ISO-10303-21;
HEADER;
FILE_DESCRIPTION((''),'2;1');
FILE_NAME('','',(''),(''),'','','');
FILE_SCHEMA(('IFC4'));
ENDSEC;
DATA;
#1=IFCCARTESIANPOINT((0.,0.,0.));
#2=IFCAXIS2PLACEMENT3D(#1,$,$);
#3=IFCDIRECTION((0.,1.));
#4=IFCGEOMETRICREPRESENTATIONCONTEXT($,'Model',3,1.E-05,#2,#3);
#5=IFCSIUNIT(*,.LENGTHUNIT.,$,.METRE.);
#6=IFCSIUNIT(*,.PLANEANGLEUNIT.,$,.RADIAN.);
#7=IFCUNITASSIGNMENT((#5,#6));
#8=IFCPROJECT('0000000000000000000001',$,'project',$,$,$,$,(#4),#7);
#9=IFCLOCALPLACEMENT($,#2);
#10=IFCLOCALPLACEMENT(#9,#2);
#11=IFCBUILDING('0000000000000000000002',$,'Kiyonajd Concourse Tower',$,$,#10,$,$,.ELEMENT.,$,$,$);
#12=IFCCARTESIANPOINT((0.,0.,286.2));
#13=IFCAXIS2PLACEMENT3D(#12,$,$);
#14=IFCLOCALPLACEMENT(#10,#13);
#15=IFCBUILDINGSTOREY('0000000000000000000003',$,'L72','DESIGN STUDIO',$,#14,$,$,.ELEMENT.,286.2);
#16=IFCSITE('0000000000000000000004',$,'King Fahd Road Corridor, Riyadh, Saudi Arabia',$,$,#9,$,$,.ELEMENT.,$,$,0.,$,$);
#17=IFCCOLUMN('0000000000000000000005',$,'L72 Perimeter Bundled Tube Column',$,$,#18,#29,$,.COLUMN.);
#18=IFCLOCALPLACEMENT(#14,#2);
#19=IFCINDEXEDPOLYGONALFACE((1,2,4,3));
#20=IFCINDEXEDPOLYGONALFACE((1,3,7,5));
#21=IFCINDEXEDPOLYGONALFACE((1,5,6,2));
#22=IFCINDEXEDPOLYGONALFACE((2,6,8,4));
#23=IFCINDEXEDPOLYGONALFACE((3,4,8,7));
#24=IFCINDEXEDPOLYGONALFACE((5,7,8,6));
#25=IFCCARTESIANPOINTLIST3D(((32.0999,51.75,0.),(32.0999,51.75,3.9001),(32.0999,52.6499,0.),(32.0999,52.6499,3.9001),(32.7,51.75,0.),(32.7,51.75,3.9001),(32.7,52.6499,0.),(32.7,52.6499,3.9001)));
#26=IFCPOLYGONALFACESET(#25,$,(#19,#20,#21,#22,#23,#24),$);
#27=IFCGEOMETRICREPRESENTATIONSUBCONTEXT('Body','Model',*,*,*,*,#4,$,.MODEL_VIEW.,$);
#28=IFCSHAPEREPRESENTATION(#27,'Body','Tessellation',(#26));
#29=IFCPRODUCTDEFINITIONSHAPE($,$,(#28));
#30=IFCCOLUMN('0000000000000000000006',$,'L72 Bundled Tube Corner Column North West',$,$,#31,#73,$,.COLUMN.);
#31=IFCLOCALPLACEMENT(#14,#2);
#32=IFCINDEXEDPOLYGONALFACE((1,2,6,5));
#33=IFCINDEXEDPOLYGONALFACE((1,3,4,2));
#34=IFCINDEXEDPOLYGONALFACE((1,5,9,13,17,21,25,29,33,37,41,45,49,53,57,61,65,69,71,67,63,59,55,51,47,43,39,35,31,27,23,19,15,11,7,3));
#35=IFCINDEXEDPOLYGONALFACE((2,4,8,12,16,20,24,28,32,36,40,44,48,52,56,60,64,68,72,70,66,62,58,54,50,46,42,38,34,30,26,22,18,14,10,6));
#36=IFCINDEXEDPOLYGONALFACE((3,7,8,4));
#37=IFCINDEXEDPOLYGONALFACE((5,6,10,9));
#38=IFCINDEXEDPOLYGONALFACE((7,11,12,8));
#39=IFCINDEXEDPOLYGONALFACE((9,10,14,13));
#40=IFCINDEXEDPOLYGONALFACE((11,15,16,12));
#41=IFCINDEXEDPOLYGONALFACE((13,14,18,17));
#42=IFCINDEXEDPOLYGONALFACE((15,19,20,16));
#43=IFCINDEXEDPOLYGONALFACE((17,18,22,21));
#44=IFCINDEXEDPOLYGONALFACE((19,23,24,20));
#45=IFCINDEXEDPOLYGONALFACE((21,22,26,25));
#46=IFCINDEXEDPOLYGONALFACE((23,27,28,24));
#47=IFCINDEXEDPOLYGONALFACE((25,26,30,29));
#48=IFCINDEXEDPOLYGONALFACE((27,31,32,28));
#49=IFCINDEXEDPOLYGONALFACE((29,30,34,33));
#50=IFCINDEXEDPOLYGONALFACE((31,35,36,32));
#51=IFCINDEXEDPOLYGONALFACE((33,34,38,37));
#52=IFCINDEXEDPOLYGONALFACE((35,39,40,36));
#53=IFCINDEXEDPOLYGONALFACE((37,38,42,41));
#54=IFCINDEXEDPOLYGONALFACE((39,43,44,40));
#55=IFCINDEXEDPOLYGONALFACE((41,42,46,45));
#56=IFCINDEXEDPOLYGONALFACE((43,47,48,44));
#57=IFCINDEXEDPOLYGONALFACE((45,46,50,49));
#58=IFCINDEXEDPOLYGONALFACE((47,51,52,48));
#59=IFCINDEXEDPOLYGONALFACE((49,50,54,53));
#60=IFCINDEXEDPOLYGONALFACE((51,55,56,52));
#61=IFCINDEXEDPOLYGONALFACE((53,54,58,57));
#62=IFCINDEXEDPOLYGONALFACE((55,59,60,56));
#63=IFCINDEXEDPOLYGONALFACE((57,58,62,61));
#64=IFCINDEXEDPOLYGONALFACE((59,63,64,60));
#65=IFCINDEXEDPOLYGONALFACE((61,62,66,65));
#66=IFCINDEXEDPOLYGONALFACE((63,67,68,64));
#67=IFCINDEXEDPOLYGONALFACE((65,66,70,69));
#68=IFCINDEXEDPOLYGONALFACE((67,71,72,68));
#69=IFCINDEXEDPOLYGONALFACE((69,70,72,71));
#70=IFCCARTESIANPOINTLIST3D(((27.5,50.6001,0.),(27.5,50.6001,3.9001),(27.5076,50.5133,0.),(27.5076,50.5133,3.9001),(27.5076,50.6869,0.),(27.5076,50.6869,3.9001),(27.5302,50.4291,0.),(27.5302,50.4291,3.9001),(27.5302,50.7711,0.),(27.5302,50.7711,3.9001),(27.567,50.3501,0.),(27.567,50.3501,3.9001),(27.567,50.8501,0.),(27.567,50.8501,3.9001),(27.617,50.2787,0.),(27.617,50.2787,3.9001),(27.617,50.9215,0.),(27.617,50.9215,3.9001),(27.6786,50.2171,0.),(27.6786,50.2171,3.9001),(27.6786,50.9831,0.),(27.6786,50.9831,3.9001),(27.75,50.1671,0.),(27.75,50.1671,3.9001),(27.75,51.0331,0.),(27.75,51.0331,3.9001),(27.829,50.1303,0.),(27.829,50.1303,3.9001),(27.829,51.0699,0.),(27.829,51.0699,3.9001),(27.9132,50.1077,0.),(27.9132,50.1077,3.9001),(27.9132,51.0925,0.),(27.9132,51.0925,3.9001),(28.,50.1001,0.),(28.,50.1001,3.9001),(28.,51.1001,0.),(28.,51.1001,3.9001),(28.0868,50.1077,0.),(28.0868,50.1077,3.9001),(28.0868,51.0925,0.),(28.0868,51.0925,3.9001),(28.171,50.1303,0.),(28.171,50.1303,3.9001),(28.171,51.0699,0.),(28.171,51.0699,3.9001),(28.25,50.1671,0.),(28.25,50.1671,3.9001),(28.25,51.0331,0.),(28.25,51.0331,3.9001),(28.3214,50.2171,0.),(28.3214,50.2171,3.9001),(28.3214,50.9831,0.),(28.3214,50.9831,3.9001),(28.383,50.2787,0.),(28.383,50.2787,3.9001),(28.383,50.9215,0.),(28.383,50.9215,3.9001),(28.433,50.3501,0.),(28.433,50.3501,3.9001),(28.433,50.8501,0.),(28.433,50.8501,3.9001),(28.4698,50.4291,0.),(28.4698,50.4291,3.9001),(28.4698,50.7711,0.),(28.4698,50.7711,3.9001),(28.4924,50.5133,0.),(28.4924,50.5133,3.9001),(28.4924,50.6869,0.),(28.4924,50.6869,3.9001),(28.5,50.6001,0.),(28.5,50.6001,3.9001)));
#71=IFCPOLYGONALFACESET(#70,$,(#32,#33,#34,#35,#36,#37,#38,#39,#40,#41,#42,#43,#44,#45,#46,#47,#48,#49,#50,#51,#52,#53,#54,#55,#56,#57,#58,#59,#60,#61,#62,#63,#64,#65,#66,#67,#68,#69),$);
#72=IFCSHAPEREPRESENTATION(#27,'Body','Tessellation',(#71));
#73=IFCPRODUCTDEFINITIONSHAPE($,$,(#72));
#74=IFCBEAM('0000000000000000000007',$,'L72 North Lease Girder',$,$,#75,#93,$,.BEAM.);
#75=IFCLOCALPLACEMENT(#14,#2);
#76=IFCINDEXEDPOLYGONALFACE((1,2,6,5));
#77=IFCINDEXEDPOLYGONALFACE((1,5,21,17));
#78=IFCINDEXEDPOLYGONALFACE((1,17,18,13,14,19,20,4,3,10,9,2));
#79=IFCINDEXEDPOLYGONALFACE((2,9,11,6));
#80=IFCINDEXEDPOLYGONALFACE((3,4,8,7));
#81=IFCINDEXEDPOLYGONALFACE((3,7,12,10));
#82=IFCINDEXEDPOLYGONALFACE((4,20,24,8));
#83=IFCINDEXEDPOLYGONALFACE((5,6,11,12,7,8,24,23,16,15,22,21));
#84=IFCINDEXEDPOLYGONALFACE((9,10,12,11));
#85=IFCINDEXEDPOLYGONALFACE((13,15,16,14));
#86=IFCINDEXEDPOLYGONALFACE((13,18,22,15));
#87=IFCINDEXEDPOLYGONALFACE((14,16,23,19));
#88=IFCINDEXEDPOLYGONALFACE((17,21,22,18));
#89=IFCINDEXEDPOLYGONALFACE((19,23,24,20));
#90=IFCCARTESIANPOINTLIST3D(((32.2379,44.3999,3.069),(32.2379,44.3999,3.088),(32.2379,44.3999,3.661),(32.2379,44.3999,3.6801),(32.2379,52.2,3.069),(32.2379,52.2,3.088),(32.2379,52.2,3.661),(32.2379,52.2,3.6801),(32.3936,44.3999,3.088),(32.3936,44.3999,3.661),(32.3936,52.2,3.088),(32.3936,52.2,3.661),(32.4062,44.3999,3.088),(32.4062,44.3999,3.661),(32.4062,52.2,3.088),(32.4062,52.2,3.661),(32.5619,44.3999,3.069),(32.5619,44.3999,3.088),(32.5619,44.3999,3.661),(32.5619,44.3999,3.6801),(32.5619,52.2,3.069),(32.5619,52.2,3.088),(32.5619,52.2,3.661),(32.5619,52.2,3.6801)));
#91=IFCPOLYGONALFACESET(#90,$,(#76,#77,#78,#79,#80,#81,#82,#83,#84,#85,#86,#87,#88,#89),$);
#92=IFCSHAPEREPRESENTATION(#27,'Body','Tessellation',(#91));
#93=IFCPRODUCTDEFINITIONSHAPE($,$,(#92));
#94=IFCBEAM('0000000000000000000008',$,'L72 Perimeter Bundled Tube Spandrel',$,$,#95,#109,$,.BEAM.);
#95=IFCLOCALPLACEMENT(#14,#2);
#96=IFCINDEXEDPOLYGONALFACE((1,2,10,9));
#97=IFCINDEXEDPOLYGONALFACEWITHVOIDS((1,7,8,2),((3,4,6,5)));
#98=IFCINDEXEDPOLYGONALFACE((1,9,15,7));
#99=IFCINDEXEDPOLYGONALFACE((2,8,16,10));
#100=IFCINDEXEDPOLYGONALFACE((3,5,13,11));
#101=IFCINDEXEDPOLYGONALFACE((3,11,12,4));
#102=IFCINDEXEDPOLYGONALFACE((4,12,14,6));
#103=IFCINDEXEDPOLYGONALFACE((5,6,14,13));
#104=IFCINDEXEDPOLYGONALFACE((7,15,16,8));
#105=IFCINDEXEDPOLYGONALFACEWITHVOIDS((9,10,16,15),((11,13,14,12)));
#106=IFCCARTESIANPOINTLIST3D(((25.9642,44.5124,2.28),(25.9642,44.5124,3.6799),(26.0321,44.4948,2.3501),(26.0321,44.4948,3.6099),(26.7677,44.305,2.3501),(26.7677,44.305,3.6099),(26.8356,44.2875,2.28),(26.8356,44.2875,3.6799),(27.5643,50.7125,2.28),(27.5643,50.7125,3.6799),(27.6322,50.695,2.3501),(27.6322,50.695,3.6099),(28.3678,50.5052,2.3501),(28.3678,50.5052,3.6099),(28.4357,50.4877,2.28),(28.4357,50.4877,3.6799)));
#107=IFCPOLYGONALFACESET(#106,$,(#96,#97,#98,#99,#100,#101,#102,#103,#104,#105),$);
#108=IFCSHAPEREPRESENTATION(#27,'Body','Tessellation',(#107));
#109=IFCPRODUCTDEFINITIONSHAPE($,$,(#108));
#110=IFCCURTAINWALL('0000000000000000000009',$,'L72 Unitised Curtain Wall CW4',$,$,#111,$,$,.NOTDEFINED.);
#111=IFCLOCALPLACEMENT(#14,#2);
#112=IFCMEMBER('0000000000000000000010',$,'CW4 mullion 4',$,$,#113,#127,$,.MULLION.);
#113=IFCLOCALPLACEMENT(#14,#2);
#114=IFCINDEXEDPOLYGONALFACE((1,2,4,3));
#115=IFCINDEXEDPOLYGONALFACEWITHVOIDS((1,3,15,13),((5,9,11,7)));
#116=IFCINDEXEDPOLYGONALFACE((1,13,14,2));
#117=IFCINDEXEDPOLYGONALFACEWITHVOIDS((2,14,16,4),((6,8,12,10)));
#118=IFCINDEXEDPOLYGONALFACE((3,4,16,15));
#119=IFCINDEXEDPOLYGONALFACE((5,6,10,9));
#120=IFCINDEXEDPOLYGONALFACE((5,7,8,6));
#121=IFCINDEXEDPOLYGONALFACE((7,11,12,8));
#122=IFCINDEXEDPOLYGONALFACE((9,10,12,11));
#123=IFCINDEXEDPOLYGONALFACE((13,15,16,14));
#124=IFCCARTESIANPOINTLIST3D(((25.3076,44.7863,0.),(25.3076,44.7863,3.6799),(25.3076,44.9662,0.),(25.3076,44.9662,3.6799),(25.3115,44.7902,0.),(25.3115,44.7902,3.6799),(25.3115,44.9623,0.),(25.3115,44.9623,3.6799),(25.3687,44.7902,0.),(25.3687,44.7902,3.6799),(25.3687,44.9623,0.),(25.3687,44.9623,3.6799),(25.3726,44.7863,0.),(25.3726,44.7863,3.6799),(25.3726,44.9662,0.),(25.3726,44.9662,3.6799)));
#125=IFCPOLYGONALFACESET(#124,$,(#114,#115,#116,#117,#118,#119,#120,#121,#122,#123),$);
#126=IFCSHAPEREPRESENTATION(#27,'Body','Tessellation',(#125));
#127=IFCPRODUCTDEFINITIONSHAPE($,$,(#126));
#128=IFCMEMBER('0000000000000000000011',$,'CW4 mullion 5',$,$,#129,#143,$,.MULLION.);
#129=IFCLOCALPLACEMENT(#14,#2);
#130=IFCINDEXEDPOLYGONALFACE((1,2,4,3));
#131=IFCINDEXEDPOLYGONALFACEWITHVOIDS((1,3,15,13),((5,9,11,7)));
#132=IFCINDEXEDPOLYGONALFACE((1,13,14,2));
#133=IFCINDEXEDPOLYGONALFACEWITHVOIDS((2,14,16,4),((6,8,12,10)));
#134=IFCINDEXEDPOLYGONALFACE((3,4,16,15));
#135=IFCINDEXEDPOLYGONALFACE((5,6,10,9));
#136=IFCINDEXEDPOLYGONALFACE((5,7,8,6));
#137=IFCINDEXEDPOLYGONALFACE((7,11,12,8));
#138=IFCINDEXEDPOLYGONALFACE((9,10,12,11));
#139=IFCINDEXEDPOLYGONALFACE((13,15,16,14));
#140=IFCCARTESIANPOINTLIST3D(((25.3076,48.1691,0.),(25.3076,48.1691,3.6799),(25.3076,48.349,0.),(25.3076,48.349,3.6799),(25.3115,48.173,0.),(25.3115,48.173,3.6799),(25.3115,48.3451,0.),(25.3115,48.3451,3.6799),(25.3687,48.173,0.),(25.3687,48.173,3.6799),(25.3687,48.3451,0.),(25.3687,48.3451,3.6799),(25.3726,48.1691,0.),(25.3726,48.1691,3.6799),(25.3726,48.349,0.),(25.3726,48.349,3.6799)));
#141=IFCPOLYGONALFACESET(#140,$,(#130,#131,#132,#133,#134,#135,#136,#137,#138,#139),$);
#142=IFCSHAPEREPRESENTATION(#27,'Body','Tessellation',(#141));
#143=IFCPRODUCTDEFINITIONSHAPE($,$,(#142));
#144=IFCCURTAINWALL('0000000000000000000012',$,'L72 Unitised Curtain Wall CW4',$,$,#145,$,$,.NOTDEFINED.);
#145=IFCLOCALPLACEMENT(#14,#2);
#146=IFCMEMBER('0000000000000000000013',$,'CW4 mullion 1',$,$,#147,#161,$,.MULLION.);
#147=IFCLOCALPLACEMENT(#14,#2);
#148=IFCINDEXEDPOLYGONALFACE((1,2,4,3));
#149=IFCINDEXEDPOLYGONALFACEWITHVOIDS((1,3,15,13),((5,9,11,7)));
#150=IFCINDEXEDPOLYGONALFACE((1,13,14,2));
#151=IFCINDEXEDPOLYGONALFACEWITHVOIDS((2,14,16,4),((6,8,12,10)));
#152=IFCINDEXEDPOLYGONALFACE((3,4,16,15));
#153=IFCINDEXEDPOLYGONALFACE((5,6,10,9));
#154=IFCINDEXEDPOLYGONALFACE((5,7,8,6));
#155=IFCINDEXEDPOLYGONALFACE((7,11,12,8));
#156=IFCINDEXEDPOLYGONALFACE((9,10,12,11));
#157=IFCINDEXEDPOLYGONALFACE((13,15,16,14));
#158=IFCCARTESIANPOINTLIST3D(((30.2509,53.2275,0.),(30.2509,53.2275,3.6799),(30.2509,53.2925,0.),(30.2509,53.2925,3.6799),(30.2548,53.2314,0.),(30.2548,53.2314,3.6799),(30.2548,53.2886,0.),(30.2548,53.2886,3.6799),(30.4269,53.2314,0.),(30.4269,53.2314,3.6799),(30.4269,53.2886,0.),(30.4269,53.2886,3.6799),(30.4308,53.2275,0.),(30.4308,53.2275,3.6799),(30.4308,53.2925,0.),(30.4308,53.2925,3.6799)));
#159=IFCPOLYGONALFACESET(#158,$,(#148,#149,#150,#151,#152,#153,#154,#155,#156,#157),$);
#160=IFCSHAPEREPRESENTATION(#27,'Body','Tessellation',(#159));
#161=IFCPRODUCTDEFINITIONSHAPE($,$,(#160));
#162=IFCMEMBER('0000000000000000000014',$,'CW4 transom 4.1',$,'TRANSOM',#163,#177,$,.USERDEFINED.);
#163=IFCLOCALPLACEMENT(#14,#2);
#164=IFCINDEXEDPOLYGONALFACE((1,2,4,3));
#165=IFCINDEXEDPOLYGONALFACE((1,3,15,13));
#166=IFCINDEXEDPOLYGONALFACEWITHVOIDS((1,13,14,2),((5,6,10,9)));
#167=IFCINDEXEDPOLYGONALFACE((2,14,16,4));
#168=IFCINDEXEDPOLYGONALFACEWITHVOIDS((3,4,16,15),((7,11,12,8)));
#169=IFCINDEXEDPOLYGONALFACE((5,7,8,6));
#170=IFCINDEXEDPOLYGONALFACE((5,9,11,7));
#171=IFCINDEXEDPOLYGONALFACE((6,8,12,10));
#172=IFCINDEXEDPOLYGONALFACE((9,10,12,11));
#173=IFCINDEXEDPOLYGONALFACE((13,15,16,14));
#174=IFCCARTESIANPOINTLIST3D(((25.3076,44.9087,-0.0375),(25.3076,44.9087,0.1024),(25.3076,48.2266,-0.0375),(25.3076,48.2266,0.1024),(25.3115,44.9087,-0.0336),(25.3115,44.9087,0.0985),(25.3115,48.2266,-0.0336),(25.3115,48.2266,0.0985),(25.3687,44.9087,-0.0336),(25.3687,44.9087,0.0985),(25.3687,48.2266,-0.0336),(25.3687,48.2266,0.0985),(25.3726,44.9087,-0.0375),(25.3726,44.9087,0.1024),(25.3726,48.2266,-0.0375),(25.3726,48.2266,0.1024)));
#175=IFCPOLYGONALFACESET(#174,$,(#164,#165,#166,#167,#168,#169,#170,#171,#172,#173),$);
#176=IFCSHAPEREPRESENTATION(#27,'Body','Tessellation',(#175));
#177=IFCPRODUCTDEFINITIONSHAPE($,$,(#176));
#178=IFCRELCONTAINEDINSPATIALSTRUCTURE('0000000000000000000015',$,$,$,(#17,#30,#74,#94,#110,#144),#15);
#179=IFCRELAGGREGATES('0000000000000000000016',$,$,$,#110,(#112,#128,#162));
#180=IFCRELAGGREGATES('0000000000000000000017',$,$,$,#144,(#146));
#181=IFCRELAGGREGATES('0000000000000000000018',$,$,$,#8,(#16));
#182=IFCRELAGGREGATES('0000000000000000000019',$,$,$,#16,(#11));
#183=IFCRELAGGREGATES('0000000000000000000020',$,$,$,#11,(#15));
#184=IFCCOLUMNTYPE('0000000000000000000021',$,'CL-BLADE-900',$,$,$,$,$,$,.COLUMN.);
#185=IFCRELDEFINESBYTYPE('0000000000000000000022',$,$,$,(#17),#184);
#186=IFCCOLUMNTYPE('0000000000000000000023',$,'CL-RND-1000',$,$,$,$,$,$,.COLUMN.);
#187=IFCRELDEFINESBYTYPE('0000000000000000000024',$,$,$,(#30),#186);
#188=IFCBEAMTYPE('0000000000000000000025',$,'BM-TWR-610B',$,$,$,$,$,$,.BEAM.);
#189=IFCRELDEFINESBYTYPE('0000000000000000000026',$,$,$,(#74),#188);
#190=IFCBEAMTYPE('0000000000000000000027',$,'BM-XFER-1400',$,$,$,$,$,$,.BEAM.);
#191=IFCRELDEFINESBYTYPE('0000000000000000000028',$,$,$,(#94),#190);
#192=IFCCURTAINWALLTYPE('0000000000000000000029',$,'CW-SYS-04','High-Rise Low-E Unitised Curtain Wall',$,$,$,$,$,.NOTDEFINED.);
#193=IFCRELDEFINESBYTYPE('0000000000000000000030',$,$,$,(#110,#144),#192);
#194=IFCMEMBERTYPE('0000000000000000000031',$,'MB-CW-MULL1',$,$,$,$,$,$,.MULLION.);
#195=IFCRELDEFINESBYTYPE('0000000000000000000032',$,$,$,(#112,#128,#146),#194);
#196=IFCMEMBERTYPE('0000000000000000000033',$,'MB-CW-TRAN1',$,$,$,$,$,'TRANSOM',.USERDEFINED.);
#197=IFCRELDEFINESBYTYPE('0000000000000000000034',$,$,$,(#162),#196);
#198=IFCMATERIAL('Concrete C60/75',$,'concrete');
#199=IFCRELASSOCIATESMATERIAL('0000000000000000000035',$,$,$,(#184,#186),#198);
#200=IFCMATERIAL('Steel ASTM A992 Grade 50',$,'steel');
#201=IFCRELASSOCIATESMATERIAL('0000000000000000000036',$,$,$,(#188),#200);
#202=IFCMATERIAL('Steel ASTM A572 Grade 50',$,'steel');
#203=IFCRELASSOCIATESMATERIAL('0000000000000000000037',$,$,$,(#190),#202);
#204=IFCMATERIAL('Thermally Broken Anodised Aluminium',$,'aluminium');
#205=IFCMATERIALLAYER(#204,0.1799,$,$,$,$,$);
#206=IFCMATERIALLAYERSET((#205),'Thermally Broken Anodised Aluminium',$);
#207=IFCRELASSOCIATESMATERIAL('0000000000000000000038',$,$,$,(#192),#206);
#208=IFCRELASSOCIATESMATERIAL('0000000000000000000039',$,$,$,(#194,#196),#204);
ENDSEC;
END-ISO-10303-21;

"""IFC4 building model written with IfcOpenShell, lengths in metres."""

from ifc_helpers import new_model, si_unit, direction, frame, origin, origin_2d, place, context, subcontext, project, spatial, rectangle, hollow_rectangle, circle, i_section, extrude, material, layer, layer_set, material_profile, profile_set, type_object, element, aggregate, save


model = new_model("IFC4")

# Units and contexts
model_context = context("Model", 3, precision=1e-05, world=origin(), true_north=direction((0.0, 1.0)))
body_context = subcontext(model_context, "Body", "Model", "MODEL_VIEW")
ifc_project = project(units=[si_unit("LENGTHUNIT", "METRE"), si_unit("PLANEANGLEUNIT", "RADIAN")], contexts=[model_context])

# Site, building, storey
site_placement = place(None, origin())
site = spatial("IfcSite", under=ifc_project, at=site_placement, Name="King Fahd Road Corridor, Riyadh, Saudi Arabia", CompositionType="ELEMENT", RefElevation=0.0)
building_placement = place(site_placement, origin())
building = spatial("IfcBuilding", under=site, at=building_placement, Name="Kiyonajd Concourse Tower", CompositionType="ELEMENT")
storey_placement = place(building_placement, frame((0.0, 0.0, 286.2)))
storey = spatial("IfcBuildingStorey", under=building, at=storey_placement, Name="L72", Description="DESIGN STUDIO", CompositionType="ELEMENT", Elevation=286.2)

# Columns
ifc_material_1 = material(Name="Concrete C60/75", Category="concrete")
ifc_material_profile_1 = material_profile(ifc_material_1, rectangle(XDim=0.6001, YDim=0.8999, at=origin_2d()), Name="RC-900x600")
ifc_profile_set_1 = profile_set([ifc_material_profile_1], Name="Concrete C60/75")
column_type_1 = type_object("IfcColumnType", Name="CL-BLADE-900", PredefinedType="COLUMN", material=ifc_profile_set_1)
column_1_placement = place(storey_placement, frame((32.3999, 52.2, 0.0), z_axis=(0.0, 0.0, 1.0), x_axis=(1.0, 0.0, 0.0)))
element("IfcColumn", 1, at=column_1_placement, inside=storey, type_object=column_type_1, Name="L72 Perimeter Bundled Tube Column", PredefinedType="COLUMN", context=body_context, shape_type="SweptSolid", body=[
    extrude(rectangle(XDim=0.6001, YDim=0.8999, at=origin_2d()), origin(), (0.0, 0.0, 1.0), 3.9001),
])
ifc_material_profile_2 = material_profile(ifc_material_1, circle(Radius=0.5, at=origin_2d()), Name="RCC-D1000")
ifc_profile_set_2 = profile_set([ifc_material_profile_2], Name="Concrete C60/75")
column_type_2 = type_object("IfcColumnType", Name="CL-RND-1000", PredefinedType="COLUMN", material=ifc_profile_set_2)
column_2_placement = place(storey_placement, frame((28.0, 50.6001, 0.0), z_axis=(0.0, 0.0, 1.0), x_axis=(1.0, 0.0, 0.0)))
element("IfcColumn", 2, at=column_2_placement, inside=storey, type_object=column_type_2, Name="L72 Bundled Tube Corner Column North West", PredefinedType="COLUMN", context=body_context, shape_type="SweptSolid", body=[
    extrude(circle(Radius=0.5, at=origin_2d()), origin(), (0.0, 0.0, 1.0), 3.9001),
])

# Beams
ifc_material_2 = material(Name="Steel ASTM A992 Grade 50", Category="steel")
ifc_material_profile_3 = material_profile(ifc_material_2, i_section(OverallWidth=0.324, OverallDepth=0.6111, WebThickness=0.0127, FlangeThickness=0.019, at=origin_2d()), Name="W610X155")
ifc_profile_set_3 = profile_set([ifc_material_profile_3], Name="Steel ASTM A992 Grade 50")
beam_type_1 = type_object("IfcBeamType", Name="BM-TWR-610B", PredefinedType="BEAM", material=ifc_profile_set_3)
beam_1_placement = place(storey_placement, frame((32.3999, 44.3999, 3.3745), z_axis=(0.0, 1.0, 0.0), x_axis=(-1.0, 0.0, 0.0)))
element("IfcBeam", 3, at=beam_1_placement, inside=storey, type_object=beam_type_1, Name="L72 North Lease Girder", PredefinedType="BEAM", context=body_context, shape_type="SweptSolid", body=[
    extrude(i_section(OverallWidth=0.324, OverallDepth=0.6111, WebThickness=0.0127, FlangeThickness=0.019, at=origin_2d()), origin(), (0.0, 0.0, 1.0), 7.8),
])
ifc_material_3 = material(Name="Steel ASTM A572 Grade 50", Category="steel")
ifc_material_profile_4 = material_profile(ifc_material_3, hollow_rectangle(XDim=0.8999, YDim=1.3999, WallThickness=0.0701, at=origin_2d()), Name="BOX-1400x900x70")
ifc_profile_set_4 = profile_set([ifc_material_profile_4], Name="Steel ASTM A572 Grade 50")
beam_type_2 = type_object("IfcBeamType", Name="BM-XFER-1400", PredefinedType="BEAM", material=ifc_profile_set_4)
beam_2_placement = place(storey_placement, frame((28.0, 50.6001, 2.98), z_axis=(-0.249885, -0.968276, 0.0), x_axis=(0.968276, -0.249885, 0.0)))
element("IfcBeam", 4, at=beam_2_placement, inside=storey, type_object=beam_type_2, Name="L72 Perimeter Bundled Tube Spandrel", PredefinedType="BEAM", context=body_context, shape_type="SweptSolid", body=[
    extrude(hollow_rectangle(XDim=0.8999, YDim=1.3999, WallThickness=0.0701, at=origin_2d()), origin(), (0.0, 0.0, 1.0), 6.4033),
])

# Curtain wall, members
ifc_material_4 = material(Name="Thermally Broken Anodised Aluminium", Category="aluminium")
ifc_layer_1 = layer(ifc_material_4, 0.1799)
ifc_layer_set_1 = layer_set([ifc_layer_1], Name="Thermally Broken Anodised Aluminium")
curtain_wall_type = type_object("IfcCurtainWallType", Name="CW-SYS-04", Description="High-Rise Low-E Unitised Curtain Wall", PredefinedType="NOTDEFINED", material=ifc_layer_set_1)
curtain_wall_1_placement = place(storey_placement, origin())
curtain_wall_1 = element("IfcCurtainWall", 5, at=curtain_wall_1_placement, inside=storey, type_object=curtain_wall_type, Name="L72 Unitised Curtain Wall CW4", PredefinedType="NOTDEFINED")
ifc_material_profile_5 = material_profile(ifc_material_4, hollow_rectangle(XDim=0.0649, YDim=0.1799, WallThickness=0.0039, at=origin_2d()), Name="MULL-65x180")
ifc_profile_set_5 = profile_set([ifc_material_profile_5], Name="Thermally Broken Anodised Aluminium")
member_type_1 = type_object("IfcMemberType", Name="MB-CW-MULL1", PredefinedType="MULLION", material=ifc_profile_set_5)
member_1_placement = place(storey_placement, frame((25.3401, 44.8762, 0.0), z_axis=(0.0, 0.0, 1.0), x_axis=(-1.0, 0.0, 0.0)))
member_1 = element("IfcMember", 6, at=member_1_placement, type_object=member_type_1, Name="CW4 mullion 4", PredefinedType="MULLION", context=body_context, shape_type="SweptSolid", body=[
    extrude(hollow_rectangle(XDim=0.0649, YDim=0.1799, WallThickness=0.0039, at=origin_2d()), origin(), (0.0, 0.0, 1.0), 3.6799),
])
member_2_placement = place(storey_placement, frame((25.3401, 48.259, 0.0), z_axis=(0.0, 0.0, 1.0), x_axis=(-1.0, 0.0, 0.0)))
member_2 = element("IfcMember", 7, at=member_2_placement, type_object=member_type_1, Name="CW4 mullion 5", PredefinedType="MULLION", context=body_context, shape_type="SweptSolid", body=[
    extrude(hollow_rectangle(XDim=0.0649, YDim=0.1799, WallThickness=0.0039, at=origin_2d()), origin(), (0.0, 0.0, 1.0), 3.6799),
])

# Curtain wall, member
curtain_wall_2_placement = place(storey_placement, origin())
curtain_wall_2 = element("IfcCurtainWall", 8, at=curtain_wall_2_placement, inside=storey, type_object=curtain_wall_type, Name="L72 Unitised Curtain Wall CW4", PredefinedType="NOTDEFINED")
member_3_placement = place(storey_placement, frame((30.3408, 53.26, 0.0), z_axis=(0.0, 0.0, 1.0), x_axis=(0.0, 1.0, 0.0)))
member_3 = element("IfcMember", 9, at=member_3_placement, type_object=member_type_1, Name="CW4 mullion 1", PredefinedType="MULLION", context=body_context, shape_type="SweptSolid", body=[
    extrude(hollow_rectangle(XDim=0.0649, YDim=0.1799, WallThickness=0.0039, at=origin_2d()), origin(), (0.0, 0.0, 1.0), 3.6799),
])

# Member
ifc_material_profile_6 = material_profile(ifc_material_4, hollow_rectangle(XDim=0.0649, YDim=0.1399, WallThickness=0.0039, at=origin_2d()), Name="TRAN-65x140")
ifc_profile_set_6 = profile_set([ifc_material_profile_6], Name="Thermally Broken Anodised Aluminium")
member_type_2 = type_object("IfcMemberType", Name="MB-CW-TRAN1", ElementType="TRANSOM", PredefinedType="USERDEFINED", material=ifc_profile_set_6)
member_4_placement = place(storey_placement, frame((25.3401, 44.9087, 0.0325), z_axis=(0.0, 1.0, 0.0), x_axis=(-1.0, 0.0, 0.0)))
member_4 = element("IfcMember", 10, at=member_4_placement, type_object=member_type_2, Name="CW4 transom 4.1", ObjectType="TRANSOM", PredefinedType="USERDEFINED", context=body_context, shape_type="SweptSolid", body=[
    extrude(hollow_rectangle(XDim=0.0649, YDim=0.1399, WallThickness=0.0039, at=origin_2d()), origin(), (0.0, 0.0, 1.0), 3.3179),
])

aggregate(curtain_wall_1, [member_1, member_2, member_4])
aggregate(curtain_wall_2, [member_3])

save(model, "model.ifc")
